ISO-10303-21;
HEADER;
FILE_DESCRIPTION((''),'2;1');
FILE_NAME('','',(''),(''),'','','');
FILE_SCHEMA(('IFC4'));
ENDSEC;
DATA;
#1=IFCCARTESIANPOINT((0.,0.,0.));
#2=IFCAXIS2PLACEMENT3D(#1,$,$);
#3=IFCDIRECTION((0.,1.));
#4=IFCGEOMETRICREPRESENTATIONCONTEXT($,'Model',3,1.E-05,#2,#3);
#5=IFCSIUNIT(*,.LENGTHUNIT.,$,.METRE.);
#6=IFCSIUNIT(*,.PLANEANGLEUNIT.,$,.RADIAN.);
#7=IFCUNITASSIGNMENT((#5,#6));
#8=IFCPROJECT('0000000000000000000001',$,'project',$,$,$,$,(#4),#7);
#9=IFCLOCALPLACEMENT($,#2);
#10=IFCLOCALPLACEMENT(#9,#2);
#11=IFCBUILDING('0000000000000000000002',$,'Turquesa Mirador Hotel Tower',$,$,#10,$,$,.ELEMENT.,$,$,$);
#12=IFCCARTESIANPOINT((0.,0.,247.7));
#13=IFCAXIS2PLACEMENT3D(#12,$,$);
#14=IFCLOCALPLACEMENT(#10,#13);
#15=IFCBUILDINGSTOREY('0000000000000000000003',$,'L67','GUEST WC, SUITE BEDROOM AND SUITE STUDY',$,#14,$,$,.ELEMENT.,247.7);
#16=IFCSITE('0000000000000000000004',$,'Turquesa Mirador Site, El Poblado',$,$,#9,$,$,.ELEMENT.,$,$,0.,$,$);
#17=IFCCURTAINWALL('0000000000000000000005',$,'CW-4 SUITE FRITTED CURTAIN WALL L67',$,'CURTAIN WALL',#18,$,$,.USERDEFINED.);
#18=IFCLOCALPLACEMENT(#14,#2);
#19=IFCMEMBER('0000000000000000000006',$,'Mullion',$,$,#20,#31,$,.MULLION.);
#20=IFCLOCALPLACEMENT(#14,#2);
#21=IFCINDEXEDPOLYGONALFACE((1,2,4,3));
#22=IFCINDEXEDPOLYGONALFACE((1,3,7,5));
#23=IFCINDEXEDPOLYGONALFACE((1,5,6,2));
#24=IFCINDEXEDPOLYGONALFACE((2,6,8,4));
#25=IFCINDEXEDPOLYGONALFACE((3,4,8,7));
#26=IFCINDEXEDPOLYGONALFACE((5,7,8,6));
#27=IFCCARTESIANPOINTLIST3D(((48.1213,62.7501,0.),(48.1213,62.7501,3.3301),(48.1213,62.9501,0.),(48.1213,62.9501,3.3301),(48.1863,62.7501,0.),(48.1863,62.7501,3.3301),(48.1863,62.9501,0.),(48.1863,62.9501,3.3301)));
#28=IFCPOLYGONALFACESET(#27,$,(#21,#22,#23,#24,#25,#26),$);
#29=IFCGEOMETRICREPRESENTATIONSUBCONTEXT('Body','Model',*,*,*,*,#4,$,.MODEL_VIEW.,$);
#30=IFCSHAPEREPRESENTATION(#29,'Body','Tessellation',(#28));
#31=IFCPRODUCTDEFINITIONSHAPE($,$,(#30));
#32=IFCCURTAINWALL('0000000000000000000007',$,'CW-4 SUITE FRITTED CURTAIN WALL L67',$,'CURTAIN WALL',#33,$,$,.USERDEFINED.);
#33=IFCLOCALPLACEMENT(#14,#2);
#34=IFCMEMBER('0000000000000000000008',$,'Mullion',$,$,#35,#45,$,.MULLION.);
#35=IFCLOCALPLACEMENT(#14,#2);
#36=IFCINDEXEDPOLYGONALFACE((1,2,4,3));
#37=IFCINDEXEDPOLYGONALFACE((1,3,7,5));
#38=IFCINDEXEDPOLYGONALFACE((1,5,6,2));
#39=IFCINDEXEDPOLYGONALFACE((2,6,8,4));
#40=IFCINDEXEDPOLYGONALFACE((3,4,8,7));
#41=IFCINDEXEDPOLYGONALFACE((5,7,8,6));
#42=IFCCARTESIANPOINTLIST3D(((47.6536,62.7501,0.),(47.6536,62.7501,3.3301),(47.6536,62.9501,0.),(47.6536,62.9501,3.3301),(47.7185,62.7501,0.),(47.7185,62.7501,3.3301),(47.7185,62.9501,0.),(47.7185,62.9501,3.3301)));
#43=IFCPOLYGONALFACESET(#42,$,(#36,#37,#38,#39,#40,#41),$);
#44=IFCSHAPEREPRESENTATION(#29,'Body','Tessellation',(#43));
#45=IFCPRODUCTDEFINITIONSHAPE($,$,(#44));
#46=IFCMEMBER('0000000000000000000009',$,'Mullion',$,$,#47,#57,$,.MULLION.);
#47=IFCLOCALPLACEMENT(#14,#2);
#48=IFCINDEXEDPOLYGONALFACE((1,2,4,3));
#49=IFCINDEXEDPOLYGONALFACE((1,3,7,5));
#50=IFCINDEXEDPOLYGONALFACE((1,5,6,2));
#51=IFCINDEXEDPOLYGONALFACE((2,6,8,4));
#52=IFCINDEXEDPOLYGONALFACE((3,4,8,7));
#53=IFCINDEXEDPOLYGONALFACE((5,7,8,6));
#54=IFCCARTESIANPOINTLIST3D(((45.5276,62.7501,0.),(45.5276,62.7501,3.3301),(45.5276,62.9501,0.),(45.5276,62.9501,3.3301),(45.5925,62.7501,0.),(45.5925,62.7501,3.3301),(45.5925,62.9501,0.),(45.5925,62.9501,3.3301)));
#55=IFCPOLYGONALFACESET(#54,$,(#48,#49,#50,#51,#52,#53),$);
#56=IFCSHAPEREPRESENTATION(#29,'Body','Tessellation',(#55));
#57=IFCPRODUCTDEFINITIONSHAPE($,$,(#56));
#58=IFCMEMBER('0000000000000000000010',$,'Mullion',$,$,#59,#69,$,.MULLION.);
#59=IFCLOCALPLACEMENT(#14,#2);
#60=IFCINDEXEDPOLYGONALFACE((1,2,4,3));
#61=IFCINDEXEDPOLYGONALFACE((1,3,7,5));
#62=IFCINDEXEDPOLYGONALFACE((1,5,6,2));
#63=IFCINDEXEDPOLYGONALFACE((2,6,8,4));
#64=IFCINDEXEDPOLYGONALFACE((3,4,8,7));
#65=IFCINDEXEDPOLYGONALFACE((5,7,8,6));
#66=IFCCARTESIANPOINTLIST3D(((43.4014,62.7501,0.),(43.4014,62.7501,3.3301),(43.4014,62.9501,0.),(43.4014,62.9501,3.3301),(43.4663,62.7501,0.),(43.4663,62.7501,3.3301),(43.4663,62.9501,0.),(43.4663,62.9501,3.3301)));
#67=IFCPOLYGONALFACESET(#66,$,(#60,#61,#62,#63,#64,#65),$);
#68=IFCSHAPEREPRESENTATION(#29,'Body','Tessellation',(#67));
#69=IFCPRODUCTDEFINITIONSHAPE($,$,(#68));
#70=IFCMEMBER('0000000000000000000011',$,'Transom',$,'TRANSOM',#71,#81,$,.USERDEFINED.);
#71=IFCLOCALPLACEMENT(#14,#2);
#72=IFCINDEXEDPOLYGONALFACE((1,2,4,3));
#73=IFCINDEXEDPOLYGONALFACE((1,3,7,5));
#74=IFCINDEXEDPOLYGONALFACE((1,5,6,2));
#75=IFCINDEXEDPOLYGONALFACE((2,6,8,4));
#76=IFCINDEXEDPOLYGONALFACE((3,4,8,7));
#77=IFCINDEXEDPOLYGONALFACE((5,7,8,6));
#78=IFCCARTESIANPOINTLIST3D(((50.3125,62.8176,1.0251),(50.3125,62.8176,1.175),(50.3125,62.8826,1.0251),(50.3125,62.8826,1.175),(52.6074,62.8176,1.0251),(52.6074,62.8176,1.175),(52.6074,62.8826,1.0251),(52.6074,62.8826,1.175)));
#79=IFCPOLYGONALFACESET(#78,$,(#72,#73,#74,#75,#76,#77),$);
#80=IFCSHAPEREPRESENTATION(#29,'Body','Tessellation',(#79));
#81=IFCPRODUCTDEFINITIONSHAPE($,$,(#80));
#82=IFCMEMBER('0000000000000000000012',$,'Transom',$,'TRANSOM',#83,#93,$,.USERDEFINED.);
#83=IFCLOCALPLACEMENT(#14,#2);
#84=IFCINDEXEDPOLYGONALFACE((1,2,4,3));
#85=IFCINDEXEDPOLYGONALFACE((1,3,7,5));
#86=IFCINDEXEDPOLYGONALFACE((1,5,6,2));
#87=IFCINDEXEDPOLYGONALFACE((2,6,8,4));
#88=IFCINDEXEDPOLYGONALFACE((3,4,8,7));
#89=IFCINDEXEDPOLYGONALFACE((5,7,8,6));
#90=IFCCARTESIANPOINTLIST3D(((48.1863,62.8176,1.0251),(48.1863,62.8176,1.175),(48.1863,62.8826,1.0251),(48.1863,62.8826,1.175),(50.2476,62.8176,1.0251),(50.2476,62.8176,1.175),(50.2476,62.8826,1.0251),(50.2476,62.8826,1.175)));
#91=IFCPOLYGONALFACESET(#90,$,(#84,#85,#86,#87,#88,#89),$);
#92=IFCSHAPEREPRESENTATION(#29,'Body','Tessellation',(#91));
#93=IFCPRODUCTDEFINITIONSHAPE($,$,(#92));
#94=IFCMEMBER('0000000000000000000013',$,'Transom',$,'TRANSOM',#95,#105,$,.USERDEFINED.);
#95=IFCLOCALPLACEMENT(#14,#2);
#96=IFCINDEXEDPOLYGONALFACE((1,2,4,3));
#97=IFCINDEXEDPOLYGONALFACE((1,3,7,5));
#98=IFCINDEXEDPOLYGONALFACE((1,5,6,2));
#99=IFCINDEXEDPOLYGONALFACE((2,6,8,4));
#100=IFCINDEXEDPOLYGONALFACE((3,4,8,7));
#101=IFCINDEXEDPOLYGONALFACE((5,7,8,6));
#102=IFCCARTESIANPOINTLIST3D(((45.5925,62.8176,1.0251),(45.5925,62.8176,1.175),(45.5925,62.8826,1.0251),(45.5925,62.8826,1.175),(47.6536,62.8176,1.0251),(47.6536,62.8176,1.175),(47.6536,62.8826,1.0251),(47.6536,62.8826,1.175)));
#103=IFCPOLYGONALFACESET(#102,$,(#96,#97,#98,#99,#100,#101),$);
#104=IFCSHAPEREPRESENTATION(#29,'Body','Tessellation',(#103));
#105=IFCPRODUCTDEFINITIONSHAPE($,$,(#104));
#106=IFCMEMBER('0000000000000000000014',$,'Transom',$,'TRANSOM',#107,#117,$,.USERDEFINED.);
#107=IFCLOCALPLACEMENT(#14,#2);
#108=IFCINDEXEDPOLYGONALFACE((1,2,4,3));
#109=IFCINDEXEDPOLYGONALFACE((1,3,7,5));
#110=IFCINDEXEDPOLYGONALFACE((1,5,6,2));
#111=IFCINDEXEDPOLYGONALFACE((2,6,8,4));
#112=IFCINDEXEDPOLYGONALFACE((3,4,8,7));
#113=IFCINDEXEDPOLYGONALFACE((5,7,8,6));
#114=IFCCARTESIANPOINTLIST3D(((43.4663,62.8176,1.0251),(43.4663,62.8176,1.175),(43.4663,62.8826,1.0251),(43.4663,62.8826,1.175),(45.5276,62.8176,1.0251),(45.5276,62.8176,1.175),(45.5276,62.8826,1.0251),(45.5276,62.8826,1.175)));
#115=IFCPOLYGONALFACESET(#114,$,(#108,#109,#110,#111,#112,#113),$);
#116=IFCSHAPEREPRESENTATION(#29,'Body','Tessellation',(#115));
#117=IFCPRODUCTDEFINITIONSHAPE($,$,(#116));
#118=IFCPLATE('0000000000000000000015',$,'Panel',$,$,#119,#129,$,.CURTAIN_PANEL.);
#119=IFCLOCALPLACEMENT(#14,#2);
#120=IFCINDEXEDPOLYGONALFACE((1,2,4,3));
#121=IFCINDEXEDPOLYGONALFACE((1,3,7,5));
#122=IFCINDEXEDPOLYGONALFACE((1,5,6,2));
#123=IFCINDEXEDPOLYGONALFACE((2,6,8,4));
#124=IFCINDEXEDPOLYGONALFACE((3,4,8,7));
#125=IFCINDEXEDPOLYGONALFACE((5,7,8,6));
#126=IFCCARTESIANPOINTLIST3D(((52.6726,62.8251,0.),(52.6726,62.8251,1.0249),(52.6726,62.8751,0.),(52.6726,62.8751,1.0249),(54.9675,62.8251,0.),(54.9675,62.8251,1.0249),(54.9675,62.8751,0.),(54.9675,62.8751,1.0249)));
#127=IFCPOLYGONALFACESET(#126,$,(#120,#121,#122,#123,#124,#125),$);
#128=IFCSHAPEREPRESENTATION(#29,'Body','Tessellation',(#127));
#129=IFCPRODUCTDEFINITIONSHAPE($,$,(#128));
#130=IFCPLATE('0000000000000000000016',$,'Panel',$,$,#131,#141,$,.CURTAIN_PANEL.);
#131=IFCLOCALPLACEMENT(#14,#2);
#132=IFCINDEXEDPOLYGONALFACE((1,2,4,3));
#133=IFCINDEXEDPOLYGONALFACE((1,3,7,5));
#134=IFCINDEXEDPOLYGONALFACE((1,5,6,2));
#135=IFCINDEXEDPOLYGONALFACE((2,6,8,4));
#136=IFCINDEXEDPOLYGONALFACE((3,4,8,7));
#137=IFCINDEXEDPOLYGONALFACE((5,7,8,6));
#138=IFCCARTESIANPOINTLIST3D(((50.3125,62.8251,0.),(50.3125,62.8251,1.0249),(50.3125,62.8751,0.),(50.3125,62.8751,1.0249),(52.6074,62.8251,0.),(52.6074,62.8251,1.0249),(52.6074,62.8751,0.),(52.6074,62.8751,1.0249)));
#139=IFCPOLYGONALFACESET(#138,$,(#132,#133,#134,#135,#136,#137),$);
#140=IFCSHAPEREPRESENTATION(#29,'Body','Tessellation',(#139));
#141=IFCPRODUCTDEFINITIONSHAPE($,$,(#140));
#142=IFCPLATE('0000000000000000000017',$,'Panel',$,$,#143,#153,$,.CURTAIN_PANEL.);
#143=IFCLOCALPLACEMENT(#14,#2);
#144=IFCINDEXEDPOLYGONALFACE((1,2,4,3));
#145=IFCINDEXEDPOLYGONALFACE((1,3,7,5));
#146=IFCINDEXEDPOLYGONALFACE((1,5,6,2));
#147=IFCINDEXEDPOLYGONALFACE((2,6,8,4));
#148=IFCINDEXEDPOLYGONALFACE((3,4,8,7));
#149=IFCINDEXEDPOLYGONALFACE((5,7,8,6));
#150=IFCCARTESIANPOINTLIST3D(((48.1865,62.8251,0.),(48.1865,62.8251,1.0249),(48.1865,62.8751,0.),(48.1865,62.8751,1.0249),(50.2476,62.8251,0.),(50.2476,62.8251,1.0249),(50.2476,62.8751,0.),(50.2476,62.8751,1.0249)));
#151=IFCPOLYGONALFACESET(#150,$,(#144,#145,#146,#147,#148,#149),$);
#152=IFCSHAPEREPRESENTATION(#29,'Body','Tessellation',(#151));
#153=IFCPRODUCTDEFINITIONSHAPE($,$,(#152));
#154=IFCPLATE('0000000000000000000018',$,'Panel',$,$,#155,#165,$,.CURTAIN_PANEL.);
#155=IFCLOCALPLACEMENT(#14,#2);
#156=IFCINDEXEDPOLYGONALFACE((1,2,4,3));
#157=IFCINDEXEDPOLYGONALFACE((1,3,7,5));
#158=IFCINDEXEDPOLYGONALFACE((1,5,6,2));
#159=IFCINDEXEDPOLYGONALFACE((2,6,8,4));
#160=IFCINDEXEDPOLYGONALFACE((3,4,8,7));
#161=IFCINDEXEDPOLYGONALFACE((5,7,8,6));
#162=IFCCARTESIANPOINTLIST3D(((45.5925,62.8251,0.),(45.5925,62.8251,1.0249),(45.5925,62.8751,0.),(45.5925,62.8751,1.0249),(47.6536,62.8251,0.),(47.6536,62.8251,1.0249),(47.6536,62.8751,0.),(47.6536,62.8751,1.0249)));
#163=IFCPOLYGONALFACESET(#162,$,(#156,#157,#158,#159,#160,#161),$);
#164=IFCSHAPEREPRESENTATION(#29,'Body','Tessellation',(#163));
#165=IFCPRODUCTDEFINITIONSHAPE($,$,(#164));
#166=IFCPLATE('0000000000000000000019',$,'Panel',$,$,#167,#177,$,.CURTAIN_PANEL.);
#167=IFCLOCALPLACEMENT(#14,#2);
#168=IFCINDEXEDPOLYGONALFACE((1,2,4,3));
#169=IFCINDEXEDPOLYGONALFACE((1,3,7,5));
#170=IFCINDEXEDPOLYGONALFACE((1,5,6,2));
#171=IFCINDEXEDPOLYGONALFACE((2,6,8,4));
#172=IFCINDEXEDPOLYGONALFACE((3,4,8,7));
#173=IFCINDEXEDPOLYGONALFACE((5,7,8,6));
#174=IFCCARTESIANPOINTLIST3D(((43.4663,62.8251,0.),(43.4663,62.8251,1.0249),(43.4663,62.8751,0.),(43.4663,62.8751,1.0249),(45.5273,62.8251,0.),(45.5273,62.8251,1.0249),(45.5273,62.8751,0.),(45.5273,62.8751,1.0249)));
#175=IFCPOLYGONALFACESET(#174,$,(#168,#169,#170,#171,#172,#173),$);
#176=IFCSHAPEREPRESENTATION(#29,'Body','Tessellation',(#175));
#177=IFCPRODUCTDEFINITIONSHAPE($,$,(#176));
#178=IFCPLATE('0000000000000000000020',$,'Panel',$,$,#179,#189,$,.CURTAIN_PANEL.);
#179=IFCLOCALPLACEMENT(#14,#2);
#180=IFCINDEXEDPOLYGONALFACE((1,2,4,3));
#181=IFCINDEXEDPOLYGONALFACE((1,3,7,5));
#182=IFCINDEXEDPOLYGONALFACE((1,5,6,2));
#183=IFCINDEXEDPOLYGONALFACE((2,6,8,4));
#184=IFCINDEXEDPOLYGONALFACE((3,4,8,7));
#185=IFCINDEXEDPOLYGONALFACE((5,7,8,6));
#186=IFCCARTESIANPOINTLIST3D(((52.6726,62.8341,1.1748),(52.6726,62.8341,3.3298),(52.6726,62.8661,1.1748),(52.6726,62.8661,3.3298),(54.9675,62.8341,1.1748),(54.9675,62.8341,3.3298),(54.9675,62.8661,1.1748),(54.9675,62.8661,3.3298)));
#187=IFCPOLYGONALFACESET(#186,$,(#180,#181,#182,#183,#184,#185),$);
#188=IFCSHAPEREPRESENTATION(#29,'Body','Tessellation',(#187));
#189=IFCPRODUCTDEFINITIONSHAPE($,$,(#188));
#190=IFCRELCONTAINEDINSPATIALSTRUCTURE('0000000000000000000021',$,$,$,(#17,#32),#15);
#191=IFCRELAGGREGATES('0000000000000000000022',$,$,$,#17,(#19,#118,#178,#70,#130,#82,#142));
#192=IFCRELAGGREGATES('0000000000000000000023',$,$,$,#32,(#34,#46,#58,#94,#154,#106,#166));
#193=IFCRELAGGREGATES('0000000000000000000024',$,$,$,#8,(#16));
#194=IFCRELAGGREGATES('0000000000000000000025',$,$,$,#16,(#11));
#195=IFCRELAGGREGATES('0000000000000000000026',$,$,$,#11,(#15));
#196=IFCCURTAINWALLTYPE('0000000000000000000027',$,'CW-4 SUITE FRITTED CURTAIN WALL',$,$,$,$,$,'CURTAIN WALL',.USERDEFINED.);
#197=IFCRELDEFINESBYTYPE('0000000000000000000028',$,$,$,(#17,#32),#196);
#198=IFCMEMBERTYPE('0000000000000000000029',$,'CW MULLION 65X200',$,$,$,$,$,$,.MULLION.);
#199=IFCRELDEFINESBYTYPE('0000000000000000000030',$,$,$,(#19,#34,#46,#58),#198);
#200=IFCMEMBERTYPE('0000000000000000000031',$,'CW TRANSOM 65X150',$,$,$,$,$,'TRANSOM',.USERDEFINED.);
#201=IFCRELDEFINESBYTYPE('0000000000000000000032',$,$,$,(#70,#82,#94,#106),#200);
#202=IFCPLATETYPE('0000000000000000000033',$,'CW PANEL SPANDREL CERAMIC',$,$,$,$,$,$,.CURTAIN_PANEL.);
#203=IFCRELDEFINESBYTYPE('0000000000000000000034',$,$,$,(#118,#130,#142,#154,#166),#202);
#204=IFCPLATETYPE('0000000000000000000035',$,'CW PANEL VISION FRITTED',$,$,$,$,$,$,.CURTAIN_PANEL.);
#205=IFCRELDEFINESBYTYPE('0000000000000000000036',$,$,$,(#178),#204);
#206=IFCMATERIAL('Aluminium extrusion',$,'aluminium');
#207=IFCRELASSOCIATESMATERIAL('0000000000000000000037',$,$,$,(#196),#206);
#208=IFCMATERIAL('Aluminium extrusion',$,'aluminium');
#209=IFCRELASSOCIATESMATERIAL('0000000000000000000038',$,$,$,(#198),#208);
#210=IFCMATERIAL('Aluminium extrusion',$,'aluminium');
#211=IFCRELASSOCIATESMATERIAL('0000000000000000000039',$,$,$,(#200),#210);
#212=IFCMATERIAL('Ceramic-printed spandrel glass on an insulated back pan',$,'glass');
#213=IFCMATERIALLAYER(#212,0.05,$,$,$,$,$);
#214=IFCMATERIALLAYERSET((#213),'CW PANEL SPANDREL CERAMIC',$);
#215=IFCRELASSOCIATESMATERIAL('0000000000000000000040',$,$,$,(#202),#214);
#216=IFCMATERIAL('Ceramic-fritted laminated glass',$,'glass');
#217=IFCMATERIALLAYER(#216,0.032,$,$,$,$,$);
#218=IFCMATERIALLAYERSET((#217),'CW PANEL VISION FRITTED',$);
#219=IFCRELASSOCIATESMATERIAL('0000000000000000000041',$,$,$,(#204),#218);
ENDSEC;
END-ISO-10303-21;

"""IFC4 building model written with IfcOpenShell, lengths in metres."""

from ifc_helpers import new_model, si_unit, direction, frame, origin, origin_2d, place, context, subcontext, project, spatial, rectangle, extrude, material, layer, layer_set, material_profile, profile_set, type_object, element, aggregate, save


model = new_model("IFC4")

# Units and contexts
model_context = context("Model", 3, precision=1e-05, world=origin(), true_north=direction((0.0, 1.0)))
body_context = subcontext(model_context, "Body", "Model", "MODEL_VIEW")
ifc_project = project(units=[si_unit("LENGTHUNIT", "METRE"), si_unit("PLANEANGLEUNIT", "RADIAN")], contexts=[model_context])

# Site, building, storey
site_placement = place(None, origin())
site = spatial("IfcSite", under=ifc_project, at=site_placement, Name="Turquesa Mirador Site, El Poblado", CompositionType="ELEMENT", RefElevation=0.0)
building_placement = place(site_placement, origin())
building = spatial("IfcBuilding", under=site, at=building_placement, Name="Turquesa Mirador Hotel Tower", CompositionType="ELEMENT")
storey_placement = place(building_placement, frame((0.0, 0.0, 247.7)))
storey = spatial("IfcBuildingStorey", under=building, at=storey_placement, Name="L67", Description="GUEST WC, SUITE BEDROOM AND SUITE STUDY", CompositionType="ELEMENT", Elevation=247.7)

# Curtain walls, members
ifc_material_1 = material(Name="Aluminium extrusion", Category="aluminium")
curtain_wall_type = type_object("IfcCurtainWallType", Name="CW-4 SUITE FRITTED CURTAIN WALL", ElementType="CURTAIN WALL", PredefinedType="USERDEFINED", material=ifc_material_1)
curtain_wall_1_placement = place(storey_placement, origin())
curtain_wall_1 = element("IfcCurtainWall", 1, at=curtain_wall_1_placement, inside=storey, type_object=curtain_wall_type, Name="CW-4 SUITE FRITTED CURTAIN WALL L67", ObjectType="CURTAIN WALL", PredefinedType="USERDEFINED")
ifc_material_2 = material(Name="Aluminium extrusion", Category="aluminium")
ifc_material_profile_1 = material_profile(ifc_material_2, rectangle(XDim=0.0649, YDim=0.2, at=origin_2d()), Name="MULLION 65X200")
ifc_profile_set_1 = profile_set([ifc_material_profile_1], Name="Aluminium extrusion")
member_type_1 = type_object("IfcMemberType", Name="CW MULLION 65X200", PredefinedType="MULLION", material=ifc_profile_set_1)
member_1_placement = place(storey_placement, frame((48.1538, 62.8501, 0.0), z_axis=(0.0, 0.0, 1.0), x_axis=(-1.0, 0.0, 0.0)))
member_1 = element("IfcMember", 2, at=member_1_placement, type_object=member_type_1, Name="Mullion", PredefinedType="MULLION", context=body_context, shape_type="SweptSolid", body=[
    extrude(rectangle(XDim=0.0649, YDim=0.2, at=origin_2d()), origin(), (0.0, 0.0, 1.0), 3.3301),
])
curtain_wall_2_placement = place(storey_placement, origin())
curtain_wall_2 = element("IfcCurtainWall", 3, at=curtain_wall_2_placement, inside=storey, type_object=curtain_wall_type, Name="CW-4 SUITE FRITTED CURTAIN WALL L67", ObjectType="CURTAIN WALL", PredefinedType="USERDEFINED")
member_2_placement = place(storey_placement, frame((47.686, 62.8501, 0.0), z_axis=(0.0, 0.0, 1.0), x_axis=(-1.0, 0.0, 0.0)))
member_2 = element("IfcMember", 4, at=member_2_placement, type_object=member_type_1, Name="Mullion", PredefinedType="MULLION", context=body_context, shape_type="SweptSolid", body=[
    extrude(rectangle(XDim=0.0649, YDim=0.2, at=origin_2d()), origin(), (0.0, 0.0, 1.0), 3.3301),
])
member_3_placement = place(storey_placement, frame((45.5601, 62.8501, 0.0), z_axis=(0.0, 0.0, 1.0), x_axis=(-1.0, 0.0, 0.0)))
member_3 = element("IfcMember", 5, at=member_3_placement, type_object=member_type_1, Name="Mullion", PredefinedType="MULLION", context=body_context, shape_type="SweptSolid", body=[
    extrude(rectangle(XDim=0.0649, YDim=0.2, at=origin_2d()), origin(), (0.0, 0.0, 1.0), 3.3301),
])
member_4_placement = place(storey_placement, frame((43.4338, 62.8501, 0.0), z_axis=(0.0, 0.0, 1.0), x_axis=(-1.0, 0.0, 0.0)))
member_4 = element("IfcMember", 6, at=member_4_placement, type_object=member_type_1, Name="Mullion", PredefinedType="MULLION", context=body_context, shape_type="SweptSolid", body=[
    extrude(rectangle(XDim=0.0649, YDim=0.2, at=origin_2d()), origin(), (0.0, 0.0, 1.0), 3.3301),
])

# Members
ifc_material_3 = material(Name="Aluminium extrusion", Category="aluminium")
ifc_material_profile_2 = material_profile(ifc_material_3, rectangle(XDim=0.0649, YDim=0.1499, at=origin_2d()), Name="TRANSOM 65X150")
ifc_profile_set_2 = profile_set([ifc_material_profile_2], Name="Aluminium extrusion")
member_type_2 = type_object("IfcMemberType", Name="CW TRANSOM 65X150", ElementType="TRANSOM", PredefinedType="USERDEFINED", material=ifc_profile_set_2)
member_5_placement = place(storey_placement, frame((52.6074, 62.8501, 1.1001), z_axis=(-1.0, 0.0, 0.0), x_axis=(0.0, -1.0, 0.0)))
member_5 = element("IfcMember", 7, at=member_5_placement, type_object=member_type_2, Name="Transom", ObjectType="TRANSOM", PredefinedType="USERDEFINED", context=body_context, shape_type="SweptSolid", body=[
    extrude(rectangle(XDim=0.0649, YDim=0.1499, at=origin_2d()), origin(), (0.0, 0.0, 1.0), 2.2949),
])
member_6_placement = place(storey_placement, frame((50.2476, 62.8501, 1.1001), z_axis=(-1.0, 0.0, 0.0), x_axis=(0.0, -1.0, 0.0)))
member_6 = element("IfcMember", 8, at=member_6_placement, type_object=member_type_2, Name="Transom", ObjectType="TRANSOM", PredefinedType="USERDEFINED", context=body_context, shape_type="SweptSolid", body=[
    extrude(rectangle(XDim=0.0649, YDim=0.1499, at=origin_2d()), origin(), (0.0, 0.0, 1.0), 2.0613),
])
member_7_placement = place(storey_placement, frame((47.6536, 62.8501, 1.1001), z_axis=(-1.0, 0.0, 0.0), x_axis=(0.0, -1.0, 0.0)))
member_7 = element("IfcMember", 9, at=member_7_placement, type_object=member_type_2, Name="Transom", ObjectType="TRANSOM", PredefinedType="USERDEFINED", context=body_context, shape_type="SweptSolid", body=[
    extrude(rectangle(XDim=0.0649, YDim=0.1499, at=origin_2d()), origin(), (0.0, 0.0, 1.0), 2.061),
])
member_8_placement = place(storey_placement, frame((45.5276, 62.8501, 1.1001), z_axis=(-1.0, 0.0, 0.0), x_axis=(0.0, -1.0, 0.0)))
member_8 = element("IfcMember", 10, at=member_8_placement, type_object=member_type_2, Name="Transom", ObjectType="TRANSOM", PredefinedType="USERDEFINED", context=body_context, shape_type="SweptSolid", body=[
    extrude(rectangle(XDim=0.0649, YDim=0.1499, at=origin_2d()), origin(), (0.0, 0.0, 1.0), 2.0613),
])

# Plates
ifc_material_4 = material(Name="Ceramic-printed spandrel glass on an insulated back pan", Category="glass")
ifc_layer_1 = layer(ifc_material_4, 0.05)
ifc_layer_set_1 = layer_set([ifc_layer_1], Name="CW PANEL SPANDREL CERAMIC")
plate_type_1 = type_object("IfcPlateType", Name="CW PANEL SPANDREL CERAMIC", PredefinedType="CURTAIN_PANEL", material=ifc_layer_set_1)
plate_1_placement = place(storey_placement, frame((53.8201, 62.8501, 0.0), z_axis=(0.0, 0.0, 1.0), x_axis=(-1.0, 0.0, 0.0)))
plate_1 = element("IfcPlate", 11, at=plate_1_placement, type_object=plate_type_1, Name="Panel", PredefinedType="CURTAIN_PANEL", context=body_context, shape_type="SweptSolid", body=[
    extrude(rectangle(XDim=2.2949, YDim=0.05, at=origin_2d()), origin(), (0.0, 0.0, 1.0), 1.0249),
])
plate_2_placement = place(storey_placement, frame((51.46, 62.8501, 0.0), z_axis=(0.0, 0.0, 1.0), x_axis=(-1.0, 0.0, 0.0)))
plate_2 = element("IfcPlate", 12, at=plate_2_placement, type_object=plate_type_1, Name="Panel", PredefinedType="CURTAIN_PANEL", context=body_context, shape_type="SweptSolid", body=[
    extrude(rectangle(XDim=2.2949, YDim=0.05, at=origin_2d()), origin(), (0.0, 0.0, 1.0), 1.0249),
])
plate_3_placement = place(storey_placement, frame((49.217, 62.8501, 0.0), z_axis=(0.0, 0.0, 1.0), x_axis=(-1.0, 0.0, 0.0)))
plate_3 = element("IfcPlate", 13, at=plate_3_placement, type_object=plate_type_1, Name="Panel", PredefinedType="CURTAIN_PANEL", context=body_context, shape_type="SweptSolid", body=[
    extrude(rectangle(XDim=2.061, YDim=0.05, at=origin_2d()), origin(), (0.0, 0.0, 1.0), 1.0249),
])
plate_4_placement = place(storey_placement, frame((46.623, 62.8501, 0.0), z_axis=(0.0, 0.0, 1.0), x_axis=(-1.0, 0.0, 0.0)))
plate_4 = element("IfcPlate", 14, at=plate_4_placement, type_object=plate_type_1, Name="Panel", PredefinedType="CURTAIN_PANEL", context=body_context, shape_type="SweptSolid", body=[
    extrude(rectangle(XDim=2.061, YDim=0.05, at=origin_2d()), origin(), (0.0, 0.0, 1.0), 1.0249),
])
plate_5_placement = place(storey_placement, frame((44.4968, 62.8501, 0.0), z_axis=(0.0, 0.0, 1.0), x_axis=(-1.0, 0.0, 0.0)))
plate_5 = element("IfcPlate", 15, at=plate_5_placement, type_object=plate_type_1, Name="Panel", PredefinedType="CURTAIN_PANEL", context=body_context, shape_type="SweptSolid", body=[
    extrude(rectangle(XDim=2.061, YDim=0.05, at=origin_2d()), origin(), (0.0, 0.0, 1.0), 1.0249),
])
ifc_material_5 = material(Name="Ceramic-fritted laminated glass", Category="glass")
ifc_layer_2 = layer(ifc_material_5, 0.032)
ifc_layer_set_2 = layer_set([ifc_layer_2], Name="CW PANEL VISION FRITTED")
plate_type_2 = type_object("IfcPlateType", Name="CW PANEL VISION FRITTED", PredefinedType="CURTAIN_PANEL", material=ifc_layer_set_2)
plate_6_placement = place(storey_placement, frame((53.8201, 62.8501, 1.1748), z_axis=(0.0, 0.0, 1.0), x_axis=(-1.0, 0.0, 0.0)))
plate_6 = element("IfcPlate", 16, at=plate_6_placement, type_object=plate_type_2, Name="Panel", PredefinedType="CURTAIN_PANEL", context=body_context, shape_type="SweptSolid", body=[
    extrude(rectangle(XDim=2.2949, YDim=0.032, at=origin_2d()), origin(), (0.0, 0.0, 1.0), 2.155),
])
aggregate(curtain_wall_1, [member_1, plate_1, plate_6, member_5, plate_2, member_6, plate_3])
aggregate(curtain_wall_2, [member_2, member_3, member_4, member_7, plate_4, member_8, plate_5])

save(model, "model.ifc")
